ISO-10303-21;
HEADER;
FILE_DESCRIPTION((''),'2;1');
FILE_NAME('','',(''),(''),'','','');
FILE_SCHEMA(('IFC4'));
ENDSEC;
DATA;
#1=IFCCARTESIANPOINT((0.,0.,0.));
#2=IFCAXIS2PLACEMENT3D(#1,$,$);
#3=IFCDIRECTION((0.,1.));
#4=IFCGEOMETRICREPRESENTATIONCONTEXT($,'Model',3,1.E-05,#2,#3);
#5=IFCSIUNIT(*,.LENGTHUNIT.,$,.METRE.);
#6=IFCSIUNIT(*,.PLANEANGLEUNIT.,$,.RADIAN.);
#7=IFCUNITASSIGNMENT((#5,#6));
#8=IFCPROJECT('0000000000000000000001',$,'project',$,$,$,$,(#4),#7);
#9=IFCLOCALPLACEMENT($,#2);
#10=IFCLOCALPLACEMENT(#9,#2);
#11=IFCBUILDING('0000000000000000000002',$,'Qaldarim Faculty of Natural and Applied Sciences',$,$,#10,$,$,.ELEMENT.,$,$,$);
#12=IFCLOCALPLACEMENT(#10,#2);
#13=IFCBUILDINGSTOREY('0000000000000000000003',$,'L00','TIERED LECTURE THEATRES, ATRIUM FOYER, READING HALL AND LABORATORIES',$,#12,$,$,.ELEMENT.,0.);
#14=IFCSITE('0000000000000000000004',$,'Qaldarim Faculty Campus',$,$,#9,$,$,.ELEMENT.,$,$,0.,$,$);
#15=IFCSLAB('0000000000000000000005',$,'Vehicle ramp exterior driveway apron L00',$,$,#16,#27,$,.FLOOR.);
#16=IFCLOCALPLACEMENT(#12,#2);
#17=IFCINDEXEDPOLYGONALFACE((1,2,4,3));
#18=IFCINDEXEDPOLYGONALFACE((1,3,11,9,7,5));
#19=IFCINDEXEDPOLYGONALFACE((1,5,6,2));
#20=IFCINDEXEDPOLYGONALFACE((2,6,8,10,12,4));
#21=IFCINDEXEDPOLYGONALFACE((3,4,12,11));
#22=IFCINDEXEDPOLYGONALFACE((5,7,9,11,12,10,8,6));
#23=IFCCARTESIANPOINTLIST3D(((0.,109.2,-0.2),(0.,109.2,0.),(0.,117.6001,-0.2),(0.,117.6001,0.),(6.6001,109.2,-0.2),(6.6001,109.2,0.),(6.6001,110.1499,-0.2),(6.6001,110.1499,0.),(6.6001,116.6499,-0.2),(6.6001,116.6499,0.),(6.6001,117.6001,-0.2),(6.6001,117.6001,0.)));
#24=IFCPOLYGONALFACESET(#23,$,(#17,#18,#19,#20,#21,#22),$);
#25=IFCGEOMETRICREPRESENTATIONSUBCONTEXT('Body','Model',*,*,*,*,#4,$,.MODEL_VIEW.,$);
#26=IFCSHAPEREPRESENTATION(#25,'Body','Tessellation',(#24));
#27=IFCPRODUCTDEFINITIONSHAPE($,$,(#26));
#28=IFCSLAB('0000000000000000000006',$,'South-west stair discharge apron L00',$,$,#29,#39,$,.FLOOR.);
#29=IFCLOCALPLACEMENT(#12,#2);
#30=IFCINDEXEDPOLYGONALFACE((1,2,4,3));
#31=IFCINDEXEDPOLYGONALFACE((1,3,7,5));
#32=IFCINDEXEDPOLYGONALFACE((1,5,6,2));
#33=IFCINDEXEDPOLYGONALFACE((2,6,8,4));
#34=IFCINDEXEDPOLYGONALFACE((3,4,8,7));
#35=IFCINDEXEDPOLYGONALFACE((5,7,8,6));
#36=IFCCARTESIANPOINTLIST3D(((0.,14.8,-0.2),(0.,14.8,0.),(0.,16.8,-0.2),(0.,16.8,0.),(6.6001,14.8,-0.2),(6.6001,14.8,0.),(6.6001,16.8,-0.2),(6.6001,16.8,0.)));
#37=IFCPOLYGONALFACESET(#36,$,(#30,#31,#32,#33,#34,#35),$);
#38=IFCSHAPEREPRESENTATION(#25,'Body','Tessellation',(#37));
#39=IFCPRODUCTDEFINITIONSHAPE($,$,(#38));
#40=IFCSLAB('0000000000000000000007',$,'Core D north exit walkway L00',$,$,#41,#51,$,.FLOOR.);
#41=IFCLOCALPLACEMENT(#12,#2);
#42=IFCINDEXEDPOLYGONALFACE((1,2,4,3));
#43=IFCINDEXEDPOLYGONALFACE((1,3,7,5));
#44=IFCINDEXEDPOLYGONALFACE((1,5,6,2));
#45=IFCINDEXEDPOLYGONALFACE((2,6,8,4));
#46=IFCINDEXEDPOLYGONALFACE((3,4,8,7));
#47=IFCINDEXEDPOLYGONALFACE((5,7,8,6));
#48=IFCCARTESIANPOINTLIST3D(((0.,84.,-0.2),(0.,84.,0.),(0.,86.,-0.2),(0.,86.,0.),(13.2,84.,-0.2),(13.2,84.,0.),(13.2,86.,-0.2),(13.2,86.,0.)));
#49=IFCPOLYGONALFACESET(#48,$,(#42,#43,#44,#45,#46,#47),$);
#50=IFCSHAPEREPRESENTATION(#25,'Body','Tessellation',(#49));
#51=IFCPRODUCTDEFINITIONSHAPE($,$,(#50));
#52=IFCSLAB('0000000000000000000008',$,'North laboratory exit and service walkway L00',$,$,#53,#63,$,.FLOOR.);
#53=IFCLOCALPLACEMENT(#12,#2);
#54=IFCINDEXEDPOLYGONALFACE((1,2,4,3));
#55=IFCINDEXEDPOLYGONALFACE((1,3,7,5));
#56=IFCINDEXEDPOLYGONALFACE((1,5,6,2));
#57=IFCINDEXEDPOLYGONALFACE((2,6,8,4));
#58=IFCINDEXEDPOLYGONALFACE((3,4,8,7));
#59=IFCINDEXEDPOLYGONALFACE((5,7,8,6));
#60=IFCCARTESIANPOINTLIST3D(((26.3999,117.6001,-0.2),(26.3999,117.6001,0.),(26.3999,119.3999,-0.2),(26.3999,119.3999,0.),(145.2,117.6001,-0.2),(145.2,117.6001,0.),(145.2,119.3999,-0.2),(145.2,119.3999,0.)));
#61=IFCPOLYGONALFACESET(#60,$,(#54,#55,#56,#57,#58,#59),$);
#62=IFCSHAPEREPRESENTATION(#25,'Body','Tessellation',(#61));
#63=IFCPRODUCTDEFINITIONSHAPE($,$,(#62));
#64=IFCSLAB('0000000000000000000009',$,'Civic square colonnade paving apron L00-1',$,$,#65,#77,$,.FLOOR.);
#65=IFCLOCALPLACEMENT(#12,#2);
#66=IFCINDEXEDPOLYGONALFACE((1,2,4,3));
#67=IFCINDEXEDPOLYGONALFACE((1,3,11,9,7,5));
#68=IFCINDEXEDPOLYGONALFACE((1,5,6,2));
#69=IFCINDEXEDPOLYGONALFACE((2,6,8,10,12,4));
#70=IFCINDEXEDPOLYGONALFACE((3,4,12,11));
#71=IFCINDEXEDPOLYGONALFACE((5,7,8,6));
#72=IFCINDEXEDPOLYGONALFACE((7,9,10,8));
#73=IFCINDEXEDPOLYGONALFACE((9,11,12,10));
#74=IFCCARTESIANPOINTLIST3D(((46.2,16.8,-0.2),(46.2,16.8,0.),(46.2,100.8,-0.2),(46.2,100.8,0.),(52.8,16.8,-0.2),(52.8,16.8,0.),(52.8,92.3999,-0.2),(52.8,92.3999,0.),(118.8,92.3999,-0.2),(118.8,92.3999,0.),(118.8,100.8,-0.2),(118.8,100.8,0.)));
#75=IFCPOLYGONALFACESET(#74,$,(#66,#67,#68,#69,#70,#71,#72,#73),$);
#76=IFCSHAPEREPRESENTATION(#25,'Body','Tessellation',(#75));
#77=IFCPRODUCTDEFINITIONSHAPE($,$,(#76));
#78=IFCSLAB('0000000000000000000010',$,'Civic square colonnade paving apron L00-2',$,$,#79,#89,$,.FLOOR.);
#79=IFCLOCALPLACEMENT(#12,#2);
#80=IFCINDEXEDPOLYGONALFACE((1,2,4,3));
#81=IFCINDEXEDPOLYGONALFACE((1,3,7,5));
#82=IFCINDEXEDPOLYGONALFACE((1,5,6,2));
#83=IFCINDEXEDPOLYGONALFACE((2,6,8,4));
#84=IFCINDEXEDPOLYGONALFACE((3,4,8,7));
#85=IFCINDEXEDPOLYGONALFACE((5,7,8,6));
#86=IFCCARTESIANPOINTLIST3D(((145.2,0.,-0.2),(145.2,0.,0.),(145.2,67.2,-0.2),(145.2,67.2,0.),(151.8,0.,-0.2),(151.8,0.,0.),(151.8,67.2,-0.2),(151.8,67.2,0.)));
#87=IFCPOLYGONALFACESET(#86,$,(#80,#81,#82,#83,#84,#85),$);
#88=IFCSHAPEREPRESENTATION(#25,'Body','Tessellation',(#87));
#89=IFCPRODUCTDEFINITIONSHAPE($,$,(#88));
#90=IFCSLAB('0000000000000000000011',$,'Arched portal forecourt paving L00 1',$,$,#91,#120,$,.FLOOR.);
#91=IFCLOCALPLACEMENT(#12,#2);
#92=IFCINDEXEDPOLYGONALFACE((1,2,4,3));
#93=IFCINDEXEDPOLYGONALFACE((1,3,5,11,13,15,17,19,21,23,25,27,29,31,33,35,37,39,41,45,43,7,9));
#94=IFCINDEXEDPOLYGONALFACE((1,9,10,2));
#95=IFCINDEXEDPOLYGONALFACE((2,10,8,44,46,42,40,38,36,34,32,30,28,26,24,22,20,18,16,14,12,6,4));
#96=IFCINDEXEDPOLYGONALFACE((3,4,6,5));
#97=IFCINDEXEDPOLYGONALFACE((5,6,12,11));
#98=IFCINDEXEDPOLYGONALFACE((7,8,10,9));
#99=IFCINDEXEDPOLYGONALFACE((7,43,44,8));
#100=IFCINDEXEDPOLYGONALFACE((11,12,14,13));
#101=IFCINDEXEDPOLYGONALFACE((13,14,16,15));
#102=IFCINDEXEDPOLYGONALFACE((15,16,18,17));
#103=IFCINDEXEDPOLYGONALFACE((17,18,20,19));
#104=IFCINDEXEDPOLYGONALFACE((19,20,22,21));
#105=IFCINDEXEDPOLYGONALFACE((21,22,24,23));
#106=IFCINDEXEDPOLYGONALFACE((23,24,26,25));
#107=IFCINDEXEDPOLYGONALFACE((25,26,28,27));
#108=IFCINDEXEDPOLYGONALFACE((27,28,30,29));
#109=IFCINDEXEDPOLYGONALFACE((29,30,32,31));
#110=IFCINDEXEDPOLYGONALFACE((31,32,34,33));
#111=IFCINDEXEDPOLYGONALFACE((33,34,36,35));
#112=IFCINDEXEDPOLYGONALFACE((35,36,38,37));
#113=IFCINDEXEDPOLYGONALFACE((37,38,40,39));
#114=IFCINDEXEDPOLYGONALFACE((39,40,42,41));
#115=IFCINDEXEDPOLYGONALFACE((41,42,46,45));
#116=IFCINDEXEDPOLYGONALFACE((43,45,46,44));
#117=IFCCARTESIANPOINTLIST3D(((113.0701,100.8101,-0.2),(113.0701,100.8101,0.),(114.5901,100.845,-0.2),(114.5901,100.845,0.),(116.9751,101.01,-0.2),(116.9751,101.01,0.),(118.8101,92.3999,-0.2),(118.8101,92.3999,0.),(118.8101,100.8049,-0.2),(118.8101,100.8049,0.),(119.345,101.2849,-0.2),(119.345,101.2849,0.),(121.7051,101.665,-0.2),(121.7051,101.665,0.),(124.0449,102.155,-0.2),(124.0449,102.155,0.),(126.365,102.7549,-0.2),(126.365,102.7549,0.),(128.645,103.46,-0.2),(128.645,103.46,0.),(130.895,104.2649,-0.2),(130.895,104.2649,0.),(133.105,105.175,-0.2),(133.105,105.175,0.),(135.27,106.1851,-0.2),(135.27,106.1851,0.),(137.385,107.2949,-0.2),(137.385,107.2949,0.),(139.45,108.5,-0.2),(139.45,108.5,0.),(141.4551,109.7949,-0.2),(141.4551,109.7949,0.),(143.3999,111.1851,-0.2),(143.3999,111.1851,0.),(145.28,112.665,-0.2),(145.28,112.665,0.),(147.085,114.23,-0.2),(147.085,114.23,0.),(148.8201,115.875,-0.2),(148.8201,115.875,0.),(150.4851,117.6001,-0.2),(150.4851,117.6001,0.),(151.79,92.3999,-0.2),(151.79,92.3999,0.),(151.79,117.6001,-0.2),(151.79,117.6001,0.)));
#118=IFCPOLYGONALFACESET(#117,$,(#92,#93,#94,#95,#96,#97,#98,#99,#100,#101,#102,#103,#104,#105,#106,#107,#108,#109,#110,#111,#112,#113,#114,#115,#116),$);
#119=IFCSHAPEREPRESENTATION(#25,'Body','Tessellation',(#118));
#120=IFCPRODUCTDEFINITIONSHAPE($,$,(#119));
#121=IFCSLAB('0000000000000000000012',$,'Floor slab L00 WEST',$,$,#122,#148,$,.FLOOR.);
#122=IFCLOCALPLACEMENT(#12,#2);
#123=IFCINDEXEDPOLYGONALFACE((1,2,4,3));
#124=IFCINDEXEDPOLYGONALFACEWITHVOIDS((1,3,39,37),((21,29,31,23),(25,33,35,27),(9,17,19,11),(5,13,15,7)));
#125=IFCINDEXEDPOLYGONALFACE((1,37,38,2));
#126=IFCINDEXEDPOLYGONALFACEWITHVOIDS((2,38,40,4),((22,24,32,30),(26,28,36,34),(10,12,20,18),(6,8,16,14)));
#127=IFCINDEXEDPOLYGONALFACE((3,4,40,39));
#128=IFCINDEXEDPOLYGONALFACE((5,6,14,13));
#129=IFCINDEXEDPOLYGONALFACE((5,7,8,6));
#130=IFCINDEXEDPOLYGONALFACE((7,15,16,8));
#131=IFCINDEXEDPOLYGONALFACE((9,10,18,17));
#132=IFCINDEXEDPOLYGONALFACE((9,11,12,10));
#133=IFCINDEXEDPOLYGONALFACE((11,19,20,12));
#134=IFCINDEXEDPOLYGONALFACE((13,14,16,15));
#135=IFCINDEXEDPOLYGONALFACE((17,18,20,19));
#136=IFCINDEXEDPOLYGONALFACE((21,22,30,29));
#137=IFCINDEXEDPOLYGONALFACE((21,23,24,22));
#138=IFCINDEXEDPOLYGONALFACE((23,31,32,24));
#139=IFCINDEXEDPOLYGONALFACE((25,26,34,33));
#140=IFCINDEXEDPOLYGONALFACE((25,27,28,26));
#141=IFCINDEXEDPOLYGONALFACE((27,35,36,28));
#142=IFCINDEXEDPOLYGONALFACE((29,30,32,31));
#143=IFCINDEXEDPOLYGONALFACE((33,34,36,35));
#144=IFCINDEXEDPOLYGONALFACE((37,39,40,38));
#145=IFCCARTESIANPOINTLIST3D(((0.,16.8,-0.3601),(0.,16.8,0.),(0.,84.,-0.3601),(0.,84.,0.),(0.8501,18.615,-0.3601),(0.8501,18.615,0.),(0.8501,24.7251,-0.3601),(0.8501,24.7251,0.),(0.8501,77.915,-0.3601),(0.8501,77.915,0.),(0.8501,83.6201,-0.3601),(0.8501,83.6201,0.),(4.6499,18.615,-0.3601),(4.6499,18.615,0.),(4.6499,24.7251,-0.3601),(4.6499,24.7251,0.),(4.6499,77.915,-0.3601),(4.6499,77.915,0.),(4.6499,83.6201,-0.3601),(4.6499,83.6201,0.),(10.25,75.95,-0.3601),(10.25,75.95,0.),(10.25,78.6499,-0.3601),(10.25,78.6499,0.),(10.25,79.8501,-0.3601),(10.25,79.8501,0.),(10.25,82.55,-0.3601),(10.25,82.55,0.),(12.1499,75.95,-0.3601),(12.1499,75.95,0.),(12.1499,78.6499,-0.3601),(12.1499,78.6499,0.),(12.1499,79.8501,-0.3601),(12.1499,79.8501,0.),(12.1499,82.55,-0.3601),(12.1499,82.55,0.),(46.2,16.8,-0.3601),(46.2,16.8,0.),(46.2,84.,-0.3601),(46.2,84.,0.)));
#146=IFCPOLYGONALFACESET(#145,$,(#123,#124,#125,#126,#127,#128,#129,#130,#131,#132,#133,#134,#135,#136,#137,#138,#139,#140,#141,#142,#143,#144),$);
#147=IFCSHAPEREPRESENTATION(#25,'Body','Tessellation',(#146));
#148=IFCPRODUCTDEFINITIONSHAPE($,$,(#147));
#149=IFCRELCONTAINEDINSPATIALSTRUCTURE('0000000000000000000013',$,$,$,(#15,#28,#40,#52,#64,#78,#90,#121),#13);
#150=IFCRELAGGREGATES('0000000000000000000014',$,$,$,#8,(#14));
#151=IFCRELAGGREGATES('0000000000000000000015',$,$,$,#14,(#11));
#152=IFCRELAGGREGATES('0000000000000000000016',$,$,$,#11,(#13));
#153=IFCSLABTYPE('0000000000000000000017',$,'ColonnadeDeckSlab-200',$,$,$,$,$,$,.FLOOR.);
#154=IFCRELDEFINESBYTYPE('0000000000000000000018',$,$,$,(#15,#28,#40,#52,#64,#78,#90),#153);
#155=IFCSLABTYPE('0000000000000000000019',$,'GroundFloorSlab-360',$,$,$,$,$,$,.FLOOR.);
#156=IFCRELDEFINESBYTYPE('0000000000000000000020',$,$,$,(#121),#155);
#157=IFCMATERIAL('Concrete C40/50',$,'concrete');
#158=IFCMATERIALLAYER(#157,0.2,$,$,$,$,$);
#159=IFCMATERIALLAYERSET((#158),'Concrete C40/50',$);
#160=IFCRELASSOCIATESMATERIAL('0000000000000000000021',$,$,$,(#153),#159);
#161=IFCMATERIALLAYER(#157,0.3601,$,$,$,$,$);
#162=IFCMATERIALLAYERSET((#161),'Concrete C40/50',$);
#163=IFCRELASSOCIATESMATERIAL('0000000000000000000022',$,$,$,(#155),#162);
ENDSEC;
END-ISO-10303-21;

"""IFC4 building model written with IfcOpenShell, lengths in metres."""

from ifc_helpers import new_model, si_unit, direction, frame, origin, place, context, subcontext, project, spatial, polyline, outline, extrude, material, layer, layer_set, type_object, element, save


model = new_model("IFC4")

# Units and contexts
model_context = context("Model", 3, precision=1e-05, world=origin(), true_north=direction((0.0, 1.0)))
body_context = subcontext(model_context, "Body", "Model", "MODEL_VIEW")
ifc_project = project(units=[si_unit("LENGTHUNIT", "METRE"), si_unit("PLANEANGLEUNIT", "RADIAN")], contexts=[model_context])

# Site, building, storey
site_placement = place(None, origin())
site = spatial("IfcSite", under=ifc_project, at=site_placement, Name="Qaldarim Faculty Campus", CompositionType="ELEMENT", RefElevation=0.0)
building_placement = place(site_placement, origin())
building = spatial("IfcBuilding", under=site, at=building_placement, Name="Qaldarim Faculty of Natural and Applied Sciences", CompositionType="ELEMENT")
storey_placement = place(building_placement, origin())
storey = spatial("IfcBuildingStorey", under=building, at=storey_placement, Name="L00", Description="TIERED LECTURE THEATRES, ATRIUM FOYER, READING HALL AND LABORATORIES", CompositionType="ELEMENT", Elevation=0.0)

# Slabs
ifc_material_1 = material(Name="Concrete C40/50", Category="concrete")
ifc_layer_1 = layer(ifc_material_1, 0.2)
ifc_layer_set_1 = layer_set([ifc_layer_1], Name="Concrete C40/50")
slab_type_1 = type_object("IfcSlabType", Name="ColonnadeDeckSlab-200", PredefinedType="FLOOR", material=ifc_layer_set_1)
slab_1_placement = place(storey_placement, frame((0.0, 0.0, -0.2)))
element("IfcSlab", 1, at=slab_1_placement, inside=storey, type_object=slab_type_1, Name="Vehicle ramp exterior driveway apron L00", PredefinedType="FLOOR", context=body_context, shape_type="SweptSolid", body=[
    extrude(outline(polyline([(6.6001, 109.2), (0.0, 109.2), (0.0, 117.6001), (6.6001, 117.6001), (6.6001, 116.6499), (6.6001, 110.1499), (6.6001, 109.2)])), origin(), (0.0, 0.0, 1.0), 0.2),
])
slab_2_placement = place(storey_placement, frame((0.0, 0.0, -0.2)))
element("IfcSlab", 2, at=slab_2_placement, inside=storey, type_object=slab_type_1, Name="South-west stair discharge apron L00", PredefinedType="FLOOR", context=body_context, shape_type="SweptSolid", body=[
    extrude(outline(polyline([(6.6001, 14.8), (0.0, 14.8), (0.0, 16.8), (6.6001, 16.8), (6.6001, 14.8)])), origin(), (0.0, 0.0, 1.0), 0.2),
])
slab_3_placement = place(storey_placement, frame((0.0, 0.0, -0.2)))
element("IfcSlab", 3, at=slab_3_placement, inside=storey, type_object=slab_type_1, Name="Core D north exit walkway L00", PredefinedType="FLOOR", context=body_context, shape_type="SweptSolid", body=[
    extrude(outline(polyline([(0.0, 86.0), (13.2, 86.0), (13.2, 84.0), (0.0, 84.0), (0.0, 86.0)])), origin(), (0.0, 0.0, 1.0), 0.2),
])
slab_4_placement = place(storey_placement, frame((0.0, 0.0, -0.2)))
element("IfcSlab", 4, at=slab_4_placement, inside=storey, type_object=slab_type_1, Name="North laboratory exit and service walkway L00", PredefinedType="FLOOR", context=body_context, shape_type="SweptSolid", body=[
    extrude(outline(polyline([(26.3999, 119.3999), (145.2, 119.3999), (145.2, 117.6001), (26.3999, 117.6001), (26.3999, 119.3999)])), origin(), (0.0, 0.0, 1.0), 0.2),
])
slab_5_placement = place(storey_placement, frame((0.0, 0.0, -0.2)))
element("IfcSlab", 5, at=slab_5_placement, inside=storey, type_object=slab_type_1, Name="Civic square colonnade paving apron L00-1", PredefinedType="FLOOR", context=body_context, shape_type="SweptSolid", body=[
    extrude(outline(polyline([(46.2, 16.8), (46.2, 100.8), (118.8, 100.8), (118.8, 92.3999), (52.8, 92.3999), (52.8, 16.8), (46.2, 16.8)])), origin(), (0.0, 0.0, 1.0), 0.2),
])
slab_6_placement = place(storey_placement, frame((0.0, 0.0, -0.2)))
element("IfcSlab", 6, at=slab_6_placement, inside=storey, type_object=slab_type_1, Name="Civic square colonnade paving apron L00-2", PredefinedType="FLOOR", context=body_context, shape_type="SweptSolid", body=[
    extrude(outline(polyline([(145.2, 0.0), (145.2, 67.2), (151.8, 67.2), (151.8, 0.0), (145.2, 0.0)])), origin(), (0.0, 0.0, 1.0), 0.2),
])
slab_7_placement = place(storey_placement, frame((0.0, 0.0, -0.2)))
element("IfcSlab", 7, at=slab_7_placement, inside=storey, type_object=slab_type_1, Name="Arched portal forecourt paving L00 1", PredefinedType="FLOOR", context=body_context, shape_type="SweptSolid", body=[
    extrude(outline(polyline([(151.79, 92.3999), (118.8101, 92.3999), (118.8101, 100.8049), (113.0701, 100.8101), (114.5901, 100.845), (116.9751, 101.01), (119.345, 101.2849), (121.7051, 101.665), (124.0449, 102.155), (126.365, 102.7549), (128.645, 103.46), (130.895, 104.2649), (133.105, 105.175), (135.27, 106.1851), (137.385, 107.2949), (139.45, 108.5), (141.4551, 109.7949), (143.3999, 111.1851), (145.28, 112.665), (147.085, 114.23), (148.8201, 115.875), (150.4851, 117.6001), (151.79, 117.6001), (151.79, 92.3999)])), origin(), (0.0, 0.0, 1.0), 0.2),
])
ifc_layer_2 = layer(ifc_material_1, 0.3601)
ifc_layer_set_2 = layer_set([ifc_layer_2], Name="Concrete C40/50")
slab_type_2 = type_object("IfcSlabType", Name="GroundFloorSlab-360", PredefinedType="FLOOR", material=ifc_layer_set_2)
slab_8_placement = place(storey_placement, frame((0.0, 0.0, -0.3601)))
element("IfcSlab", 8, at=slab_8_placement, inside=storey, type_object=slab_type_2, Name="Floor slab L00 WEST", PredefinedType="FLOOR", context=body_context, shape_type="SweptSolid", body=[
    extrude(outline(polyline([(0.0, 16.8), (0.0, 84.0), (46.2, 84.0), (46.2, 16.8), (0.0, 16.8)]), holes=[polyline([(4.6499, 18.615), (4.6499, 24.7251), (0.8501, 24.7251), (0.8501, 18.615), (4.6499, 18.615)]), polyline([(4.6499, 77.915), (4.6499, 83.6201), (0.8501, 83.6201), (0.8501, 77.915), (4.6499, 77.915)]), polyline([(10.25, 75.95), (12.1499, 75.95), (12.1499, 78.6499), (10.25, 78.6499), (10.25, 75.95)]), polyline([(10.25, 79.8501), (12.1499, 79.8501), (12.1499, 82.55), (10.25, 82.55), (10.25, 79.8501)])]), origin(), (0.0, 0.0, 1.0), 0.3601),
])

save(model, "model.ifc")
